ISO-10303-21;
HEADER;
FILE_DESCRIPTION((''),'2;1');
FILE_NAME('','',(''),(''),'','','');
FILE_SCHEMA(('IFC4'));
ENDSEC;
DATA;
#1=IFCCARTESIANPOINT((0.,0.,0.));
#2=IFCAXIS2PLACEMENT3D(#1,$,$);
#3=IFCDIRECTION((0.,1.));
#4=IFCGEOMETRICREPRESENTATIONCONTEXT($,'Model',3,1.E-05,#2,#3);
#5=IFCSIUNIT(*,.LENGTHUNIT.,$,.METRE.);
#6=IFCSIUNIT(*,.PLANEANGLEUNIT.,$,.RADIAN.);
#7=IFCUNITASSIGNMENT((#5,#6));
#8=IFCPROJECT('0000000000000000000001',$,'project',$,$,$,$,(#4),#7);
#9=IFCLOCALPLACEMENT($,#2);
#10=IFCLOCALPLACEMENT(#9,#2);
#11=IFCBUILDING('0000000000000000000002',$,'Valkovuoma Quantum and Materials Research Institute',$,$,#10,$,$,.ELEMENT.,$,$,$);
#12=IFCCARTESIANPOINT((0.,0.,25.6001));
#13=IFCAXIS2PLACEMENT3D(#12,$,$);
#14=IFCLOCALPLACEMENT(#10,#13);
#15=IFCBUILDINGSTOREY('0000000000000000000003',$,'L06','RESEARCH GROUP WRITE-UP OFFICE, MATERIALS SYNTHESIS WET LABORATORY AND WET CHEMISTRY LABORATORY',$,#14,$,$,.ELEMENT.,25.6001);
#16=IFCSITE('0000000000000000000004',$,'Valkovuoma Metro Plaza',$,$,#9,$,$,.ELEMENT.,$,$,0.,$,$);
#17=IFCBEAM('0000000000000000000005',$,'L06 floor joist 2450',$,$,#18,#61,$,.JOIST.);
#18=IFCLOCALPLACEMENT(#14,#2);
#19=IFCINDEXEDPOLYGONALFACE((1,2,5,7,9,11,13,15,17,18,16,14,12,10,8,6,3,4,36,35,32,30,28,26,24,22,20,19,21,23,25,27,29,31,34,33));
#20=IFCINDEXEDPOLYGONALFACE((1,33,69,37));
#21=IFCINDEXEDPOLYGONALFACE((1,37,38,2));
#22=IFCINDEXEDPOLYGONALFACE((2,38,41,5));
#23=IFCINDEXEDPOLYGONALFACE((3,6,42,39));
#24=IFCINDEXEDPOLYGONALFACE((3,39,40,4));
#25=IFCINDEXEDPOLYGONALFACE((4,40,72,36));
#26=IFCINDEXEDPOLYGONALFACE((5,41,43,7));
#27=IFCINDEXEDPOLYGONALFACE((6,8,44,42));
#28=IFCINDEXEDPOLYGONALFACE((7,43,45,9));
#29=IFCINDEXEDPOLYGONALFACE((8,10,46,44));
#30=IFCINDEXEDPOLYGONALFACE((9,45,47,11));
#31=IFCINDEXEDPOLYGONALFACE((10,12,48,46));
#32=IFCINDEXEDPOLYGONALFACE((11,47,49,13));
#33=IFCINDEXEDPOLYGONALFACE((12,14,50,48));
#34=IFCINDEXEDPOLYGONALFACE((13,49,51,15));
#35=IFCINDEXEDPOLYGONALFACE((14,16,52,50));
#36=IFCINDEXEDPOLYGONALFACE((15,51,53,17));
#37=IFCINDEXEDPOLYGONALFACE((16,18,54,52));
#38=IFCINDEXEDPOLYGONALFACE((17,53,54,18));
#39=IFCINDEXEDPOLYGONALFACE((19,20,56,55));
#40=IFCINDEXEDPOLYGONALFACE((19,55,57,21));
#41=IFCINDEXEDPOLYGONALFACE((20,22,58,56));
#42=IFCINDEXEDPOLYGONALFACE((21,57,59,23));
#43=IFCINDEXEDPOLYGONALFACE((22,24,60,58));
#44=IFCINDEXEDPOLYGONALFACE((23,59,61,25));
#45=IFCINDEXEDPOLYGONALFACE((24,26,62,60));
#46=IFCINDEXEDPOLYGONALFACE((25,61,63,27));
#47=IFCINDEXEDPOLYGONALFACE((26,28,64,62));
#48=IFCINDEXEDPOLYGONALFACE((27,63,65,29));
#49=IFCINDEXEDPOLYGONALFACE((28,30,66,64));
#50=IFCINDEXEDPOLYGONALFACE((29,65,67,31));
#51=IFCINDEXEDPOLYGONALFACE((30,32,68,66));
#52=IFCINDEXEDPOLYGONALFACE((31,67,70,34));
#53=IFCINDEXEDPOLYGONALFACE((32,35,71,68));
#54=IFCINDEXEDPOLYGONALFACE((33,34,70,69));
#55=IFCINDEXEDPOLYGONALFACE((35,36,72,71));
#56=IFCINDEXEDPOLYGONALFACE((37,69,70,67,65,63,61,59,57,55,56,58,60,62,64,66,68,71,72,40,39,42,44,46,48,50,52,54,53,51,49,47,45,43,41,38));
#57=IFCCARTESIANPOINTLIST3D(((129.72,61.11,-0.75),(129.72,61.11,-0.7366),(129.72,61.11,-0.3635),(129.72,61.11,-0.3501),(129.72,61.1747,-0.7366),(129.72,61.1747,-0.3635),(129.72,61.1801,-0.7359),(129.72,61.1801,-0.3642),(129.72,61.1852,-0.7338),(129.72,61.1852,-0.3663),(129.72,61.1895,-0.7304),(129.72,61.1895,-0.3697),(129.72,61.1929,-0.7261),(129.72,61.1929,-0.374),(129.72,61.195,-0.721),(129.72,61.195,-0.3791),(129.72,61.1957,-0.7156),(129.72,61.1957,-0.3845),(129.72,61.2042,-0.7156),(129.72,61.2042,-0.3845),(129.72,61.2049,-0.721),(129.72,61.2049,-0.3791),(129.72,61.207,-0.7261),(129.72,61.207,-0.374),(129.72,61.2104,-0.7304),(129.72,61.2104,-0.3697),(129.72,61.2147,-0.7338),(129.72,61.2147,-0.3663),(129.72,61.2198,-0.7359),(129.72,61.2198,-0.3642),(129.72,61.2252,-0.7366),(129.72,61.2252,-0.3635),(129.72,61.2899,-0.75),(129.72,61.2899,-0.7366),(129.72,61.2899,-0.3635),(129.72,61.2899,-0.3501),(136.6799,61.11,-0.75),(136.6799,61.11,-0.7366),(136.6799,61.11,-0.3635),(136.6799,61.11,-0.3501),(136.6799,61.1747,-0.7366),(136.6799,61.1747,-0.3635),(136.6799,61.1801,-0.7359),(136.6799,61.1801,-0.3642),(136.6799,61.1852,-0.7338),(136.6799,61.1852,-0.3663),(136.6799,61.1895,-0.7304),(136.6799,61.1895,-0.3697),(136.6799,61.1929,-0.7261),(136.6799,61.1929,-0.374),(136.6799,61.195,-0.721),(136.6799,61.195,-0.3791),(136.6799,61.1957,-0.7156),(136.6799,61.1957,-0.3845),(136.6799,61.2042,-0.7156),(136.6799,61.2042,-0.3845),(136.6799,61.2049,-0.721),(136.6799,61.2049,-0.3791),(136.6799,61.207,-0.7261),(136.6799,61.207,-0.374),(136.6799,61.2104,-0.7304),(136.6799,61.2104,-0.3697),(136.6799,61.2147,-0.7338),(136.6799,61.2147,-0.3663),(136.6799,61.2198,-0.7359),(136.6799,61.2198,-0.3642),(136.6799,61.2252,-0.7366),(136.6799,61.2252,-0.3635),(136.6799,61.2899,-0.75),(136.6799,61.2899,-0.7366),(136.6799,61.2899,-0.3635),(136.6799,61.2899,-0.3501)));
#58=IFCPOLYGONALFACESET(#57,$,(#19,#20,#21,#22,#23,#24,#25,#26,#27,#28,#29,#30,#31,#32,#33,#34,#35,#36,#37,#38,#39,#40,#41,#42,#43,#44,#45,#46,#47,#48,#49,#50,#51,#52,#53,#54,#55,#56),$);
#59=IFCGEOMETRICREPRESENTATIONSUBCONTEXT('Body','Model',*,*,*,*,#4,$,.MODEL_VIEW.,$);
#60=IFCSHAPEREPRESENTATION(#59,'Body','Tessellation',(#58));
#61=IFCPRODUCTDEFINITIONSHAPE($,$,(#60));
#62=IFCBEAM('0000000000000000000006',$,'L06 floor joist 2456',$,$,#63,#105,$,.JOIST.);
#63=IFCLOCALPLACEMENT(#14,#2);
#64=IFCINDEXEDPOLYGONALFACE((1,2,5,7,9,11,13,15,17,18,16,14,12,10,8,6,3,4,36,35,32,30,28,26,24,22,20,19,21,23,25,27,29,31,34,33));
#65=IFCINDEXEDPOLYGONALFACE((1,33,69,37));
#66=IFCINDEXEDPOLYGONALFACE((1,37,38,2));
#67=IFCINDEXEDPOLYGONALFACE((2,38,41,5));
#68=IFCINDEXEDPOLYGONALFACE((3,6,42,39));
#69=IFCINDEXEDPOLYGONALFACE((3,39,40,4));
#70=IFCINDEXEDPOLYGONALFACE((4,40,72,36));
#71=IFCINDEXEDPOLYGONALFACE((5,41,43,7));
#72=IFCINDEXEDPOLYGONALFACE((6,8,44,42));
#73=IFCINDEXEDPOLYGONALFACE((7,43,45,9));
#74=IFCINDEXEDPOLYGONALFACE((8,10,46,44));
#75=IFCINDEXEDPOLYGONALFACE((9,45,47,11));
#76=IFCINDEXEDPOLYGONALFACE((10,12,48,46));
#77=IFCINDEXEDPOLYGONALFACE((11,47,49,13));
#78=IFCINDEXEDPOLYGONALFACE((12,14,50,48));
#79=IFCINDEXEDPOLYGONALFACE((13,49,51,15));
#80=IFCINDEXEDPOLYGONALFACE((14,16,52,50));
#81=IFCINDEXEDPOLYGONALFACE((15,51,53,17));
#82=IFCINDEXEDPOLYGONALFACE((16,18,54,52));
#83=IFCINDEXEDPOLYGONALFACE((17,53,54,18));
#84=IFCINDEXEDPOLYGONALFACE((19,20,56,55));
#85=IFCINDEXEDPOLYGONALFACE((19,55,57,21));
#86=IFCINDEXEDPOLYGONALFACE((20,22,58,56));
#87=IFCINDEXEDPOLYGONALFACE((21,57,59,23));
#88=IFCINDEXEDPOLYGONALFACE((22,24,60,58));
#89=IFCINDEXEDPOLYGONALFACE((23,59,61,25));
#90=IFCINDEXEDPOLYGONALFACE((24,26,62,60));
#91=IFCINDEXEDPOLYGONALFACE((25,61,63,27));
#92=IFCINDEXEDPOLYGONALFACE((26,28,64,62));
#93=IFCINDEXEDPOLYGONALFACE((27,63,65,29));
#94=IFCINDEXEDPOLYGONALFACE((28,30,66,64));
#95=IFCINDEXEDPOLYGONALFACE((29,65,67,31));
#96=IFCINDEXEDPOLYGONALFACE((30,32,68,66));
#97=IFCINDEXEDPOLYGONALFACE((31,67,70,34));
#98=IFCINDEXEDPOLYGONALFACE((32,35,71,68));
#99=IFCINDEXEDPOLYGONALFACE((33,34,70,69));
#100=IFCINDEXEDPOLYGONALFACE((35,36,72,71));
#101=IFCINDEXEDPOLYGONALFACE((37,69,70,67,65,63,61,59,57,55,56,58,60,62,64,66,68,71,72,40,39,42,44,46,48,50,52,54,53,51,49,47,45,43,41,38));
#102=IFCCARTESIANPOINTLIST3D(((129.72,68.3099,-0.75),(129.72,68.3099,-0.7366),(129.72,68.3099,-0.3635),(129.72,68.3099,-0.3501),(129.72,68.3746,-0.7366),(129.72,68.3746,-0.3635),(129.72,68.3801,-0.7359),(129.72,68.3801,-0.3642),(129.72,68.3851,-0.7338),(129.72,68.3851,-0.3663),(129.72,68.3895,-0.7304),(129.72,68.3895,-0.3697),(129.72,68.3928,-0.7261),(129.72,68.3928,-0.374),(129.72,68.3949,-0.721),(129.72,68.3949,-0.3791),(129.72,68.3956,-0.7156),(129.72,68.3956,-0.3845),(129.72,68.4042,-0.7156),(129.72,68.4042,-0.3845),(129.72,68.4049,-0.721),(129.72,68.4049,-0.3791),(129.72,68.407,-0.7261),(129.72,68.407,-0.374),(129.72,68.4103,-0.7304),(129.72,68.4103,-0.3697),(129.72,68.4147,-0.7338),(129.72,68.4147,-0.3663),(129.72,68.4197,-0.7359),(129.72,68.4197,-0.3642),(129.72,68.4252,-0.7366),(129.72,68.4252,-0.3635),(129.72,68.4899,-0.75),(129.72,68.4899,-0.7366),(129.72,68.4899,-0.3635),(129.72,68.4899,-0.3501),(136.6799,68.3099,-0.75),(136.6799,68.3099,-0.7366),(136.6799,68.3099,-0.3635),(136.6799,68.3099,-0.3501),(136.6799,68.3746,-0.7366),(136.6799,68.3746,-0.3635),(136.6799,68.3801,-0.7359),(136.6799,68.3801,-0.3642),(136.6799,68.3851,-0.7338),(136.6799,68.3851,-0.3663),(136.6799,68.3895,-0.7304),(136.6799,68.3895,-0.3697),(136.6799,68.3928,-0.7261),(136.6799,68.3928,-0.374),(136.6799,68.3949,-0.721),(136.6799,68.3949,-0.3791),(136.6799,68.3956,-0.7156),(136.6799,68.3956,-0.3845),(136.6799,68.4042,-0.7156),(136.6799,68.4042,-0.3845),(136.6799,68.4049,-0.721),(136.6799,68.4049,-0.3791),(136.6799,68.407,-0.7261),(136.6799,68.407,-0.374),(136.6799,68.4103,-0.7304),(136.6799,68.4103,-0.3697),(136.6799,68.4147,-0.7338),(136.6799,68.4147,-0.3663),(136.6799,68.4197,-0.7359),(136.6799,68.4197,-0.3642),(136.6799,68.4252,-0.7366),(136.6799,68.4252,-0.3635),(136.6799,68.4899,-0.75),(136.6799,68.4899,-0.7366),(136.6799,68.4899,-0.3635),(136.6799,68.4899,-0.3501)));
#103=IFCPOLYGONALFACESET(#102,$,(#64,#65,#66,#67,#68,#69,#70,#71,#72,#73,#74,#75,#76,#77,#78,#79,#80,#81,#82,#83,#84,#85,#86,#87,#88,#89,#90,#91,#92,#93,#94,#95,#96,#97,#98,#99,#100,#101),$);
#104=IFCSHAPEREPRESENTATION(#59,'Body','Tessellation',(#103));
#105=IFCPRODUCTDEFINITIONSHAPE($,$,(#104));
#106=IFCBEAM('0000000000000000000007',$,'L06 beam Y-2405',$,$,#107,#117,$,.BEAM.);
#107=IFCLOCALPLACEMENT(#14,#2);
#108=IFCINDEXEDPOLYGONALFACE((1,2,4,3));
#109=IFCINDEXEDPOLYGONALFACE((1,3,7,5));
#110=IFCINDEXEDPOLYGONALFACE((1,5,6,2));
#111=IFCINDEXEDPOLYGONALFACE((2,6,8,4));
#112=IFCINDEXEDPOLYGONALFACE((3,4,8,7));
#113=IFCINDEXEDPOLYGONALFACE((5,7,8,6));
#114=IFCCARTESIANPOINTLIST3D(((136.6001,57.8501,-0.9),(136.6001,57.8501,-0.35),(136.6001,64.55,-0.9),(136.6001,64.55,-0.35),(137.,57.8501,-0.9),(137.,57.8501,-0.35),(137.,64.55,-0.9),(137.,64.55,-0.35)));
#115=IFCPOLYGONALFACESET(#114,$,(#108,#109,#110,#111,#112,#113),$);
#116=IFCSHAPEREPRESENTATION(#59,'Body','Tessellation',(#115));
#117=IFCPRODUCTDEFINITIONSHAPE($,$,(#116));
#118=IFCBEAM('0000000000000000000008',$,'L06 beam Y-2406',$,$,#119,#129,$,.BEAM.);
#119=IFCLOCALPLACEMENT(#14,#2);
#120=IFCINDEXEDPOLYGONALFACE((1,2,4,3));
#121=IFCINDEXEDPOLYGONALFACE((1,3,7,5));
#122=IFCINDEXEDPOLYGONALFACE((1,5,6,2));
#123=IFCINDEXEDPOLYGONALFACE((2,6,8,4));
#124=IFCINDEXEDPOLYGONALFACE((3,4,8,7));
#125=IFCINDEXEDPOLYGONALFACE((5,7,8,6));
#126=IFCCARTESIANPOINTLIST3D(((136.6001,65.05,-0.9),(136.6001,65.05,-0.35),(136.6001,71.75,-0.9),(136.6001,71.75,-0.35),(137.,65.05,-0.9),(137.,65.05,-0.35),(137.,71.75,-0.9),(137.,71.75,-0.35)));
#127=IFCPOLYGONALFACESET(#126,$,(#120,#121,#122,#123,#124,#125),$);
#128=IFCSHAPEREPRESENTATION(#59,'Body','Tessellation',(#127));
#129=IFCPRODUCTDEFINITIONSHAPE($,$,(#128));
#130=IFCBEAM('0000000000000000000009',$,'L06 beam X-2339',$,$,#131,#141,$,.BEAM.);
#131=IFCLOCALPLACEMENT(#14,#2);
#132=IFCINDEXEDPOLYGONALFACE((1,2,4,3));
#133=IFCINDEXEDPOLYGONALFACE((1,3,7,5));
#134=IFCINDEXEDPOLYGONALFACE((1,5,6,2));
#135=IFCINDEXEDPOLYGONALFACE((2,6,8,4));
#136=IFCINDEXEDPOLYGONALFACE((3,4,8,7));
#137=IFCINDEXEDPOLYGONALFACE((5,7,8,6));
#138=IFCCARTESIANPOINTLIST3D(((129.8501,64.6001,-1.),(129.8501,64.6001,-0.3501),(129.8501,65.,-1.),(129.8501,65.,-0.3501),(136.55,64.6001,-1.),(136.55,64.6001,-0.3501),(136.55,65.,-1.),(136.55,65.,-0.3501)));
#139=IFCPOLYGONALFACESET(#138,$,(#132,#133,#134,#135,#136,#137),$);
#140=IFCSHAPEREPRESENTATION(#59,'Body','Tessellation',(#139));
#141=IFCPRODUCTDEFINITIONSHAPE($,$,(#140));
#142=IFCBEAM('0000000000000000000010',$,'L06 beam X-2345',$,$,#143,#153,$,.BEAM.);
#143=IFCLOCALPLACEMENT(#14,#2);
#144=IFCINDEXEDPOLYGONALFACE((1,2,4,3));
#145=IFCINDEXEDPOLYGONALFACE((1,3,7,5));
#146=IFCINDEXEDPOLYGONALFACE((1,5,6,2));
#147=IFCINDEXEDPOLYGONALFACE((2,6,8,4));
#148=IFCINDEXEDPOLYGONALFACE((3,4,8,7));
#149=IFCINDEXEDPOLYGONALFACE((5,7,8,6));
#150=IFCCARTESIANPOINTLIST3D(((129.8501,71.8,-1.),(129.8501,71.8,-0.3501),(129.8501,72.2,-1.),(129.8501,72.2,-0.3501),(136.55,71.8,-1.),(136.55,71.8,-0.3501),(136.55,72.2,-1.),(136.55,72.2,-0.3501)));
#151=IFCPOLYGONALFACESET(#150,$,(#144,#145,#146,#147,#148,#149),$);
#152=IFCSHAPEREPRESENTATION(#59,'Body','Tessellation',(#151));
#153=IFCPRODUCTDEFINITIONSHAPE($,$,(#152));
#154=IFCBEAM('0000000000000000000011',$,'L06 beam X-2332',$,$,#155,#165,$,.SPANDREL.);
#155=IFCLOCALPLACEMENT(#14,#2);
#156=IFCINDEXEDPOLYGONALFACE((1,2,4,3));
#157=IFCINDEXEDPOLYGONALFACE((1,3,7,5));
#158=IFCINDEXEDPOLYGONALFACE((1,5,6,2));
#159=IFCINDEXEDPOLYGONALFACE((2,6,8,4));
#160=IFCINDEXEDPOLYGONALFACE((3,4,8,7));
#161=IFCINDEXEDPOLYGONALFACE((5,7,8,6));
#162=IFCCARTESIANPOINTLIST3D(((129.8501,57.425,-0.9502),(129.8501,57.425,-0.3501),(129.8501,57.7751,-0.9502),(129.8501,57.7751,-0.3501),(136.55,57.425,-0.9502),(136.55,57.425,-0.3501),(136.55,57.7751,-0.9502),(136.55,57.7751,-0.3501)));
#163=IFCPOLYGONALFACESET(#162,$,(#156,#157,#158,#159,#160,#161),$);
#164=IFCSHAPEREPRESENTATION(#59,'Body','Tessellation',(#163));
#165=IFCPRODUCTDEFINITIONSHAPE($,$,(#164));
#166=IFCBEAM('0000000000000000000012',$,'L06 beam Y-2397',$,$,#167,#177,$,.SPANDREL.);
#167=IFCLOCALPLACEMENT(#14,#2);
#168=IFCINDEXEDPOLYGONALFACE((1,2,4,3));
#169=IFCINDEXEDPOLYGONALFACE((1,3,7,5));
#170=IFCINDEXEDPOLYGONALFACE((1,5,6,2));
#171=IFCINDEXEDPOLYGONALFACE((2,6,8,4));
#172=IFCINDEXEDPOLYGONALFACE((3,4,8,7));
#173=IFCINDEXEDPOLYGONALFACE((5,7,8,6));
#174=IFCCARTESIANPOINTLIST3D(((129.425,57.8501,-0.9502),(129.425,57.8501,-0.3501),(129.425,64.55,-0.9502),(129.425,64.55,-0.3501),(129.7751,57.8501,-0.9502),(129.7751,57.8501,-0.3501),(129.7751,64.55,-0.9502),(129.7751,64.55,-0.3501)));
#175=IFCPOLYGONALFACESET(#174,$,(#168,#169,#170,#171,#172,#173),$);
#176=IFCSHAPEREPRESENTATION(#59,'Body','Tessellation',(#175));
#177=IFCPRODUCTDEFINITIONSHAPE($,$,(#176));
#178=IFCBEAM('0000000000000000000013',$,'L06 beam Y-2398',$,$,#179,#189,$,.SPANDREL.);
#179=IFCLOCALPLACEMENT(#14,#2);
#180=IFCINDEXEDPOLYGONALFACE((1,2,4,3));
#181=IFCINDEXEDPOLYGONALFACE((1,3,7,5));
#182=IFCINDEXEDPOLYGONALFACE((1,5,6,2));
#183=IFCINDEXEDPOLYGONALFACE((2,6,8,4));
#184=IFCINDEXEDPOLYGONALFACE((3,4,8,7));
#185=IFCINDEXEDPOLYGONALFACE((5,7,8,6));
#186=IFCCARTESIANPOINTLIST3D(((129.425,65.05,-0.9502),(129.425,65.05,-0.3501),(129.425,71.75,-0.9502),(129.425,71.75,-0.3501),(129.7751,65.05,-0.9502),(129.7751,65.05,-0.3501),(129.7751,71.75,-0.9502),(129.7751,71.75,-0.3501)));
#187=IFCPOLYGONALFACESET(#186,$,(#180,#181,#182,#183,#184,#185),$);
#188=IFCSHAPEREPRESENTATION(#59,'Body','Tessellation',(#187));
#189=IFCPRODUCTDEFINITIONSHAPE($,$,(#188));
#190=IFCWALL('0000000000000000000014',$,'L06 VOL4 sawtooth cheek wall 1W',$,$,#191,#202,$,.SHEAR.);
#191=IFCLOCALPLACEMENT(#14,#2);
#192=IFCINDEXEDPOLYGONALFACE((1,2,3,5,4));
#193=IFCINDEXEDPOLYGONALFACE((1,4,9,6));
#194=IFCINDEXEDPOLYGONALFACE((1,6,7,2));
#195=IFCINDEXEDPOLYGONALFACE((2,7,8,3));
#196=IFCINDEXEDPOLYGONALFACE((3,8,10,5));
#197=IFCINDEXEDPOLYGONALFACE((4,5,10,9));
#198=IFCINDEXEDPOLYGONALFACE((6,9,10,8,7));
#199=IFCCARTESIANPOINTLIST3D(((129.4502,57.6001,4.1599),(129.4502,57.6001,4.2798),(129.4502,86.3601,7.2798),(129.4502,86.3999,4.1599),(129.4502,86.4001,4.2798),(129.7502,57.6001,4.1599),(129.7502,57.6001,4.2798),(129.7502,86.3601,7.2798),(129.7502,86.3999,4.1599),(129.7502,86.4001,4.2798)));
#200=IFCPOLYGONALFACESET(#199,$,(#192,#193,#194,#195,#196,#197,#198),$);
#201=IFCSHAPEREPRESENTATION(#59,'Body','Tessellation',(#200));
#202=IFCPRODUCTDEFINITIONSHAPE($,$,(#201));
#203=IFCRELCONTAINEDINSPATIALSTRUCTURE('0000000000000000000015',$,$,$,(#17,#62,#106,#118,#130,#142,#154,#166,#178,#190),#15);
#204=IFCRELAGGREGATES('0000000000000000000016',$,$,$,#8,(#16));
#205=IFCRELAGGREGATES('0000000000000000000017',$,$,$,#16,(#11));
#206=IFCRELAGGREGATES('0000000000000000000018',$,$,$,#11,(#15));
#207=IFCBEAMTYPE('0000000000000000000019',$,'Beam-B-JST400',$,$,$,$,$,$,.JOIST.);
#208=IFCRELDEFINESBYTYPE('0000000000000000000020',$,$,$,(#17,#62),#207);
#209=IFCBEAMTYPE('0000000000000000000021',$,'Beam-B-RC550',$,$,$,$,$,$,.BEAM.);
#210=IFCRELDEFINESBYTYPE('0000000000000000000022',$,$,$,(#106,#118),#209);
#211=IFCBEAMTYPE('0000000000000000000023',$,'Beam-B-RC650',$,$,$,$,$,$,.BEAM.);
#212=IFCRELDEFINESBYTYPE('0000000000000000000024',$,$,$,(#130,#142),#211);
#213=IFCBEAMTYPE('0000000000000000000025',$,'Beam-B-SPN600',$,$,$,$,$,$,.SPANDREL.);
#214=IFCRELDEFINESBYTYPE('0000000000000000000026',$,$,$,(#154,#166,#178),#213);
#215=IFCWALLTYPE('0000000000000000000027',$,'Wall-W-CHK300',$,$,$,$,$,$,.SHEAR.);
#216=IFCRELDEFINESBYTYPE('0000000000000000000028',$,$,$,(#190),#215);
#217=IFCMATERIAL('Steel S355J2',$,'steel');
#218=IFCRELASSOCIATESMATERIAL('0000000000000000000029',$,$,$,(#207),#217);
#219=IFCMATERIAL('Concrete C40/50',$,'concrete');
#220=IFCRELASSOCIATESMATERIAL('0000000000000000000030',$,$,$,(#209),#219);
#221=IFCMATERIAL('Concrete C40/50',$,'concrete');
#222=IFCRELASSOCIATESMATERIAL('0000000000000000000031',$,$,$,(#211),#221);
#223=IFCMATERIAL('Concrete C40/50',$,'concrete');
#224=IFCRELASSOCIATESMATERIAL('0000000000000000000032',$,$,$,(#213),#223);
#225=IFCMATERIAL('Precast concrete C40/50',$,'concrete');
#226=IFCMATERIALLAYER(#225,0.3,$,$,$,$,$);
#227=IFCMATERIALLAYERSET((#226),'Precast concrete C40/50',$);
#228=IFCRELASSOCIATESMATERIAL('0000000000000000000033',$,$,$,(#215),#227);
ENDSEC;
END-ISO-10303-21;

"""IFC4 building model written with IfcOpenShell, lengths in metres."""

from ifc_helpers import new_model, si_unit, direction, frame, origin, origin_2d, place, context, subcontext, project, spatial, polyline, rectangle, i_section, outline, extrude, material, layer, layer_set, material_profile, profile_set, type_object, element, save


model = new_model("IFC4")

# Units and contexts
model_context = context("Model", 3, precision=1e-05, world=origin(), true_north=direction((0.0, 1.0)))
body_context = subcontext(model_context, "Body", "Model", "MODEL_VIEW")
ifc_project = project(units=[si_unit("LENGTHUNIT", "METRE"), si_unit("PLANEANGLEUNIT", "RADIAN")], contexts=[model_context])

# Site, building, storey
site_placement = place(None, origin())
site = spatial("IfcSite", under=ifc_project, at=site_placement, Name="Valkovuoma Metro Plaza", CompositionType="ELEMENT", RefElevation=0.0)
building_placement = place(site_placement, origin())
building = spatial("IfcBuilding", under=site, at=building_placement, Name="Valkovuoma Quantum and Materials Research Institute", CompositionType="ELEMENT")
storey_placement = place(building_placement, frame((0.0, 0.0, 25.6001)))
storey = spatial("IfcBuildingStorey", under=building, at=storey_placement, Name="L06", Description="RESEARCH GROUP WRITE-UP OFFICE, MATERIALS SYNTHESIS WET LABORATORY AND WET CHEMISTRY LABORATORY", CompositionType="ELEMENT", Elevation=25.6001)

# Beams
ifc_material_1 = material(Name="Steel S355J2", Category="steel")
ifc_material_profile_1 = material_profile(ifc_material_1, i_section(OverallWidth=0.1799, OverallDepth=0.3999, WebThickness=0.0085, FlangeThickness=0.0134, FilletRadius=0.021, at=origin_2d()), Name="Steel S355J2")
ifc_profile_set_1 = profile_set([ifc_material_profile_1], Name="Steel S355J2")
beam_type_1 = type_object("IfcBeamType", Name="Beam-B-JST400", PredefinedType="JOIST", material=ifc_profile_set_1)
for number, where, z_axis, x_axis, name in (
    (1, (129.72, 61.2, -0.55), (1.0, 0.0, 0.0), (0.0, 1.0, 0.0), "L06 floor joist 2450"),
    (2, (129.72, 68.3999, -0.55), (1.0, 0.0, 0.0), (0.0, 1.0, 0.0), "L06 floor joist 2456"),
):
    element("IfcBeam", number, at=place(storey_placement, frame(where, z_axis=z_axis, x_axis=x_axis)), inside=storey, type_object=beam_type_1, Name=name, PredefinedType="JOIST", context=body_context, shape_type="SweptSolid", body=[
        extrude(i_section(OverallWidth=0.1799, OverallDepth=0.3999, WebThickness=0.0085, FlangeThickness=0.0134, FilletRadius=0.021, at=origin_2d()), origin(), (0.0, 0.0, 1.0), 6.96),
    ])
ifc_material_2 = material(Name="Concrete C40/50", Category="concrete")
ifc_material_profile_2 = material_profile(ifc_material_2, rectangle(XDim=0.3999, YDim=0.55, at=origin_2d()), Name="Concrete C40/50")
ifc_profile_set_2 = profile_set([ifc_material_profile_2], Name="Concrete C40/50")
beam_type_2 = type_object("IfcBeamType", Name="Beam-B-RC550", PredefinedType="BEAM", material=ifc_profile_set_2)
for number, where, z_axis, x_axis, name in (
    (3, (136.8, 57.8501, -0.625), (0.0, 1.0, 0.0), (-1.0, 0.0, 0.0), "L06 beam Y-2405"),
    (4, (136.8, 65.05, -0.625), (0.0, 1.0, 0.0), (-1.0, 0.0, 0.0), "L06 beam Y-2406"),
):
    element("IfcBeam", number, at=place(storey_placement, frame(where, z_axis=z_axis, x_axis=x_axis)), inside=storey, type_object=beam_type_2, Name=name, PredefinedType="BEAM", context=body_context, shape_type="SweptSolid", body=[
        extrude(rectangle(XDim=0.3999, YDim=0.55, at=origin_2d()), origin(), (0.0, 0.0, 1.0), 6.7),
    ])
ifc_material_3 = material(Name="Concrete C40/50", Category="concrete")
ifc_material_profile_3 = material_profile(ifc_material_3, rectangle(XDim=0.3999, YDim=0.6499, at=origin_2d()), Name="Concrete C40/50")
ifc_profile_set_3 = profile_set([ifc_material_profile_3], Name="Concrete C40/50")
beam_type_3 = type_object("IfcBeamType", Name="Beam-B-RC650", PredefinedType="BEAM", material=ifc_profile_set_3)
for number, where, z_axis, x_axis, name in (
    (5, (129.8501, 64.8, -0.675), (1.0, 0.0, 0.0), (0.0, 1.0, 0.0), "L06 beam X-2339"),
    (6, (129.8501, 72.0, -0.675), (1.0, 0.0, 0.0), (0.0, 1.0, 0.0), "L06 beam X-2345"),
):
    element("IfcBeam", number, at=place(storey_placement, frame(where, z_axis=z_axis, x_axis=x_axis)), inside=storey, type_object=beam_type_3, Name=name, PredefinedType="BEAM", context=body_context, shape_type="SweptSolid", body=[
        extrude(rectangle(XDim=0.3999, YDim=0.6499, at=origin_2d()), origin(), (0.0, 0.0, 1.0), 6.7),
    ])
ifc_material_4 = material(Name="Concrete C40/50", Category="concrete")
ifc_material_profile_4 = material_profile(ifc_material_4, rectangle(XDim=0.3501, YDim=0.6001, at=origin_2d()), Name="Concrete C40/50")
ifc_profile_set_4 = profile_set([ifc_material_profile_4], Name="Concrete C40/50")
beam_type_4 = type_object("IfcBeamType", Name="Beam-B-SPN600", PredefinedType="SPANDREL", material=ifc_profile_set_4)
for number, where, z_axis, x_axis, name in (
    (7, (129.8501, 57.6001, -0.6501), (1.0, 0.0, 0.0), (0.0, 1.0, 0.0), "L06 beam X-2332"),
    (8, (129.6001, 57.8501, -0.6501), (0.0, 1.0, 0.0), (-1.0, 0.0, 0.0), "L06 beam Y-2397"),
    (9, (129.6001, 65.05, -0.6501), (0.0, 1.0, 0.0), (-1.0, 0.0, 0.0), "L06 beam Y-2398"),
):
    element("IfcBeam", number, at=place(storey_placement, frame(where, z_axis=z_axis, x_axis=x_axis)), inside=storey, type_object=beam_type_4, Name=name, PredefinedType="SPANDREL", context=body_context, shape_type="SweptSolid", body=[
        extrude(rectangle(XDim=0.3501, YDim=0.6001, at=origin_2d()), origin(), (0.0, 0.0, 1.0), 6.7),
    ])

# Wall
ifc_material_5 = material(Name="Precast concrete C40/50", Category="concrete")
ifc_layer_1 = layer(ifc_material_5, 0.3)
ifc_layer_set_1 = layer_set([ifc_layer_1], Name="Precast concrete C40/50")
wall_type_1 = type_object("IfcWallType", Name="Wall-W-CHK300", PredefinedType="SHEAR", material=ifc_layer_set_1)
wall_1_placement = place(storey_placement, frame((129.6001, 57.6001, 4.1599), z_axis=(0.0, 0.0, 1.0), x_axis=(0.0, 1.0, 0.0)))
element("IfcWall", 10, at=wall_1_placement, inside=storey, type_object=wall_type_1, Name="L06 VOL4 sawtooth cheek wall 1W", PredefinedType="SHEAR", context=body_context, shape_type="SweptSolid", body=[
    extrude(outline(polyline([(0.0, 0.0), (28.7998, 0.0), (28.8, 0.1199), (28.76, 3.1199), (0.0, 0.1199), (0.0, 0.0)])), frame((0.0, 0.1499, 0.0), z_axis=(0.0, -1.0, 0.0), x_axis=(1.0, 0.0, 0.0)), (0.0, 0.0, 1.0), 0.3),
])

save(model, "model.ifc")
